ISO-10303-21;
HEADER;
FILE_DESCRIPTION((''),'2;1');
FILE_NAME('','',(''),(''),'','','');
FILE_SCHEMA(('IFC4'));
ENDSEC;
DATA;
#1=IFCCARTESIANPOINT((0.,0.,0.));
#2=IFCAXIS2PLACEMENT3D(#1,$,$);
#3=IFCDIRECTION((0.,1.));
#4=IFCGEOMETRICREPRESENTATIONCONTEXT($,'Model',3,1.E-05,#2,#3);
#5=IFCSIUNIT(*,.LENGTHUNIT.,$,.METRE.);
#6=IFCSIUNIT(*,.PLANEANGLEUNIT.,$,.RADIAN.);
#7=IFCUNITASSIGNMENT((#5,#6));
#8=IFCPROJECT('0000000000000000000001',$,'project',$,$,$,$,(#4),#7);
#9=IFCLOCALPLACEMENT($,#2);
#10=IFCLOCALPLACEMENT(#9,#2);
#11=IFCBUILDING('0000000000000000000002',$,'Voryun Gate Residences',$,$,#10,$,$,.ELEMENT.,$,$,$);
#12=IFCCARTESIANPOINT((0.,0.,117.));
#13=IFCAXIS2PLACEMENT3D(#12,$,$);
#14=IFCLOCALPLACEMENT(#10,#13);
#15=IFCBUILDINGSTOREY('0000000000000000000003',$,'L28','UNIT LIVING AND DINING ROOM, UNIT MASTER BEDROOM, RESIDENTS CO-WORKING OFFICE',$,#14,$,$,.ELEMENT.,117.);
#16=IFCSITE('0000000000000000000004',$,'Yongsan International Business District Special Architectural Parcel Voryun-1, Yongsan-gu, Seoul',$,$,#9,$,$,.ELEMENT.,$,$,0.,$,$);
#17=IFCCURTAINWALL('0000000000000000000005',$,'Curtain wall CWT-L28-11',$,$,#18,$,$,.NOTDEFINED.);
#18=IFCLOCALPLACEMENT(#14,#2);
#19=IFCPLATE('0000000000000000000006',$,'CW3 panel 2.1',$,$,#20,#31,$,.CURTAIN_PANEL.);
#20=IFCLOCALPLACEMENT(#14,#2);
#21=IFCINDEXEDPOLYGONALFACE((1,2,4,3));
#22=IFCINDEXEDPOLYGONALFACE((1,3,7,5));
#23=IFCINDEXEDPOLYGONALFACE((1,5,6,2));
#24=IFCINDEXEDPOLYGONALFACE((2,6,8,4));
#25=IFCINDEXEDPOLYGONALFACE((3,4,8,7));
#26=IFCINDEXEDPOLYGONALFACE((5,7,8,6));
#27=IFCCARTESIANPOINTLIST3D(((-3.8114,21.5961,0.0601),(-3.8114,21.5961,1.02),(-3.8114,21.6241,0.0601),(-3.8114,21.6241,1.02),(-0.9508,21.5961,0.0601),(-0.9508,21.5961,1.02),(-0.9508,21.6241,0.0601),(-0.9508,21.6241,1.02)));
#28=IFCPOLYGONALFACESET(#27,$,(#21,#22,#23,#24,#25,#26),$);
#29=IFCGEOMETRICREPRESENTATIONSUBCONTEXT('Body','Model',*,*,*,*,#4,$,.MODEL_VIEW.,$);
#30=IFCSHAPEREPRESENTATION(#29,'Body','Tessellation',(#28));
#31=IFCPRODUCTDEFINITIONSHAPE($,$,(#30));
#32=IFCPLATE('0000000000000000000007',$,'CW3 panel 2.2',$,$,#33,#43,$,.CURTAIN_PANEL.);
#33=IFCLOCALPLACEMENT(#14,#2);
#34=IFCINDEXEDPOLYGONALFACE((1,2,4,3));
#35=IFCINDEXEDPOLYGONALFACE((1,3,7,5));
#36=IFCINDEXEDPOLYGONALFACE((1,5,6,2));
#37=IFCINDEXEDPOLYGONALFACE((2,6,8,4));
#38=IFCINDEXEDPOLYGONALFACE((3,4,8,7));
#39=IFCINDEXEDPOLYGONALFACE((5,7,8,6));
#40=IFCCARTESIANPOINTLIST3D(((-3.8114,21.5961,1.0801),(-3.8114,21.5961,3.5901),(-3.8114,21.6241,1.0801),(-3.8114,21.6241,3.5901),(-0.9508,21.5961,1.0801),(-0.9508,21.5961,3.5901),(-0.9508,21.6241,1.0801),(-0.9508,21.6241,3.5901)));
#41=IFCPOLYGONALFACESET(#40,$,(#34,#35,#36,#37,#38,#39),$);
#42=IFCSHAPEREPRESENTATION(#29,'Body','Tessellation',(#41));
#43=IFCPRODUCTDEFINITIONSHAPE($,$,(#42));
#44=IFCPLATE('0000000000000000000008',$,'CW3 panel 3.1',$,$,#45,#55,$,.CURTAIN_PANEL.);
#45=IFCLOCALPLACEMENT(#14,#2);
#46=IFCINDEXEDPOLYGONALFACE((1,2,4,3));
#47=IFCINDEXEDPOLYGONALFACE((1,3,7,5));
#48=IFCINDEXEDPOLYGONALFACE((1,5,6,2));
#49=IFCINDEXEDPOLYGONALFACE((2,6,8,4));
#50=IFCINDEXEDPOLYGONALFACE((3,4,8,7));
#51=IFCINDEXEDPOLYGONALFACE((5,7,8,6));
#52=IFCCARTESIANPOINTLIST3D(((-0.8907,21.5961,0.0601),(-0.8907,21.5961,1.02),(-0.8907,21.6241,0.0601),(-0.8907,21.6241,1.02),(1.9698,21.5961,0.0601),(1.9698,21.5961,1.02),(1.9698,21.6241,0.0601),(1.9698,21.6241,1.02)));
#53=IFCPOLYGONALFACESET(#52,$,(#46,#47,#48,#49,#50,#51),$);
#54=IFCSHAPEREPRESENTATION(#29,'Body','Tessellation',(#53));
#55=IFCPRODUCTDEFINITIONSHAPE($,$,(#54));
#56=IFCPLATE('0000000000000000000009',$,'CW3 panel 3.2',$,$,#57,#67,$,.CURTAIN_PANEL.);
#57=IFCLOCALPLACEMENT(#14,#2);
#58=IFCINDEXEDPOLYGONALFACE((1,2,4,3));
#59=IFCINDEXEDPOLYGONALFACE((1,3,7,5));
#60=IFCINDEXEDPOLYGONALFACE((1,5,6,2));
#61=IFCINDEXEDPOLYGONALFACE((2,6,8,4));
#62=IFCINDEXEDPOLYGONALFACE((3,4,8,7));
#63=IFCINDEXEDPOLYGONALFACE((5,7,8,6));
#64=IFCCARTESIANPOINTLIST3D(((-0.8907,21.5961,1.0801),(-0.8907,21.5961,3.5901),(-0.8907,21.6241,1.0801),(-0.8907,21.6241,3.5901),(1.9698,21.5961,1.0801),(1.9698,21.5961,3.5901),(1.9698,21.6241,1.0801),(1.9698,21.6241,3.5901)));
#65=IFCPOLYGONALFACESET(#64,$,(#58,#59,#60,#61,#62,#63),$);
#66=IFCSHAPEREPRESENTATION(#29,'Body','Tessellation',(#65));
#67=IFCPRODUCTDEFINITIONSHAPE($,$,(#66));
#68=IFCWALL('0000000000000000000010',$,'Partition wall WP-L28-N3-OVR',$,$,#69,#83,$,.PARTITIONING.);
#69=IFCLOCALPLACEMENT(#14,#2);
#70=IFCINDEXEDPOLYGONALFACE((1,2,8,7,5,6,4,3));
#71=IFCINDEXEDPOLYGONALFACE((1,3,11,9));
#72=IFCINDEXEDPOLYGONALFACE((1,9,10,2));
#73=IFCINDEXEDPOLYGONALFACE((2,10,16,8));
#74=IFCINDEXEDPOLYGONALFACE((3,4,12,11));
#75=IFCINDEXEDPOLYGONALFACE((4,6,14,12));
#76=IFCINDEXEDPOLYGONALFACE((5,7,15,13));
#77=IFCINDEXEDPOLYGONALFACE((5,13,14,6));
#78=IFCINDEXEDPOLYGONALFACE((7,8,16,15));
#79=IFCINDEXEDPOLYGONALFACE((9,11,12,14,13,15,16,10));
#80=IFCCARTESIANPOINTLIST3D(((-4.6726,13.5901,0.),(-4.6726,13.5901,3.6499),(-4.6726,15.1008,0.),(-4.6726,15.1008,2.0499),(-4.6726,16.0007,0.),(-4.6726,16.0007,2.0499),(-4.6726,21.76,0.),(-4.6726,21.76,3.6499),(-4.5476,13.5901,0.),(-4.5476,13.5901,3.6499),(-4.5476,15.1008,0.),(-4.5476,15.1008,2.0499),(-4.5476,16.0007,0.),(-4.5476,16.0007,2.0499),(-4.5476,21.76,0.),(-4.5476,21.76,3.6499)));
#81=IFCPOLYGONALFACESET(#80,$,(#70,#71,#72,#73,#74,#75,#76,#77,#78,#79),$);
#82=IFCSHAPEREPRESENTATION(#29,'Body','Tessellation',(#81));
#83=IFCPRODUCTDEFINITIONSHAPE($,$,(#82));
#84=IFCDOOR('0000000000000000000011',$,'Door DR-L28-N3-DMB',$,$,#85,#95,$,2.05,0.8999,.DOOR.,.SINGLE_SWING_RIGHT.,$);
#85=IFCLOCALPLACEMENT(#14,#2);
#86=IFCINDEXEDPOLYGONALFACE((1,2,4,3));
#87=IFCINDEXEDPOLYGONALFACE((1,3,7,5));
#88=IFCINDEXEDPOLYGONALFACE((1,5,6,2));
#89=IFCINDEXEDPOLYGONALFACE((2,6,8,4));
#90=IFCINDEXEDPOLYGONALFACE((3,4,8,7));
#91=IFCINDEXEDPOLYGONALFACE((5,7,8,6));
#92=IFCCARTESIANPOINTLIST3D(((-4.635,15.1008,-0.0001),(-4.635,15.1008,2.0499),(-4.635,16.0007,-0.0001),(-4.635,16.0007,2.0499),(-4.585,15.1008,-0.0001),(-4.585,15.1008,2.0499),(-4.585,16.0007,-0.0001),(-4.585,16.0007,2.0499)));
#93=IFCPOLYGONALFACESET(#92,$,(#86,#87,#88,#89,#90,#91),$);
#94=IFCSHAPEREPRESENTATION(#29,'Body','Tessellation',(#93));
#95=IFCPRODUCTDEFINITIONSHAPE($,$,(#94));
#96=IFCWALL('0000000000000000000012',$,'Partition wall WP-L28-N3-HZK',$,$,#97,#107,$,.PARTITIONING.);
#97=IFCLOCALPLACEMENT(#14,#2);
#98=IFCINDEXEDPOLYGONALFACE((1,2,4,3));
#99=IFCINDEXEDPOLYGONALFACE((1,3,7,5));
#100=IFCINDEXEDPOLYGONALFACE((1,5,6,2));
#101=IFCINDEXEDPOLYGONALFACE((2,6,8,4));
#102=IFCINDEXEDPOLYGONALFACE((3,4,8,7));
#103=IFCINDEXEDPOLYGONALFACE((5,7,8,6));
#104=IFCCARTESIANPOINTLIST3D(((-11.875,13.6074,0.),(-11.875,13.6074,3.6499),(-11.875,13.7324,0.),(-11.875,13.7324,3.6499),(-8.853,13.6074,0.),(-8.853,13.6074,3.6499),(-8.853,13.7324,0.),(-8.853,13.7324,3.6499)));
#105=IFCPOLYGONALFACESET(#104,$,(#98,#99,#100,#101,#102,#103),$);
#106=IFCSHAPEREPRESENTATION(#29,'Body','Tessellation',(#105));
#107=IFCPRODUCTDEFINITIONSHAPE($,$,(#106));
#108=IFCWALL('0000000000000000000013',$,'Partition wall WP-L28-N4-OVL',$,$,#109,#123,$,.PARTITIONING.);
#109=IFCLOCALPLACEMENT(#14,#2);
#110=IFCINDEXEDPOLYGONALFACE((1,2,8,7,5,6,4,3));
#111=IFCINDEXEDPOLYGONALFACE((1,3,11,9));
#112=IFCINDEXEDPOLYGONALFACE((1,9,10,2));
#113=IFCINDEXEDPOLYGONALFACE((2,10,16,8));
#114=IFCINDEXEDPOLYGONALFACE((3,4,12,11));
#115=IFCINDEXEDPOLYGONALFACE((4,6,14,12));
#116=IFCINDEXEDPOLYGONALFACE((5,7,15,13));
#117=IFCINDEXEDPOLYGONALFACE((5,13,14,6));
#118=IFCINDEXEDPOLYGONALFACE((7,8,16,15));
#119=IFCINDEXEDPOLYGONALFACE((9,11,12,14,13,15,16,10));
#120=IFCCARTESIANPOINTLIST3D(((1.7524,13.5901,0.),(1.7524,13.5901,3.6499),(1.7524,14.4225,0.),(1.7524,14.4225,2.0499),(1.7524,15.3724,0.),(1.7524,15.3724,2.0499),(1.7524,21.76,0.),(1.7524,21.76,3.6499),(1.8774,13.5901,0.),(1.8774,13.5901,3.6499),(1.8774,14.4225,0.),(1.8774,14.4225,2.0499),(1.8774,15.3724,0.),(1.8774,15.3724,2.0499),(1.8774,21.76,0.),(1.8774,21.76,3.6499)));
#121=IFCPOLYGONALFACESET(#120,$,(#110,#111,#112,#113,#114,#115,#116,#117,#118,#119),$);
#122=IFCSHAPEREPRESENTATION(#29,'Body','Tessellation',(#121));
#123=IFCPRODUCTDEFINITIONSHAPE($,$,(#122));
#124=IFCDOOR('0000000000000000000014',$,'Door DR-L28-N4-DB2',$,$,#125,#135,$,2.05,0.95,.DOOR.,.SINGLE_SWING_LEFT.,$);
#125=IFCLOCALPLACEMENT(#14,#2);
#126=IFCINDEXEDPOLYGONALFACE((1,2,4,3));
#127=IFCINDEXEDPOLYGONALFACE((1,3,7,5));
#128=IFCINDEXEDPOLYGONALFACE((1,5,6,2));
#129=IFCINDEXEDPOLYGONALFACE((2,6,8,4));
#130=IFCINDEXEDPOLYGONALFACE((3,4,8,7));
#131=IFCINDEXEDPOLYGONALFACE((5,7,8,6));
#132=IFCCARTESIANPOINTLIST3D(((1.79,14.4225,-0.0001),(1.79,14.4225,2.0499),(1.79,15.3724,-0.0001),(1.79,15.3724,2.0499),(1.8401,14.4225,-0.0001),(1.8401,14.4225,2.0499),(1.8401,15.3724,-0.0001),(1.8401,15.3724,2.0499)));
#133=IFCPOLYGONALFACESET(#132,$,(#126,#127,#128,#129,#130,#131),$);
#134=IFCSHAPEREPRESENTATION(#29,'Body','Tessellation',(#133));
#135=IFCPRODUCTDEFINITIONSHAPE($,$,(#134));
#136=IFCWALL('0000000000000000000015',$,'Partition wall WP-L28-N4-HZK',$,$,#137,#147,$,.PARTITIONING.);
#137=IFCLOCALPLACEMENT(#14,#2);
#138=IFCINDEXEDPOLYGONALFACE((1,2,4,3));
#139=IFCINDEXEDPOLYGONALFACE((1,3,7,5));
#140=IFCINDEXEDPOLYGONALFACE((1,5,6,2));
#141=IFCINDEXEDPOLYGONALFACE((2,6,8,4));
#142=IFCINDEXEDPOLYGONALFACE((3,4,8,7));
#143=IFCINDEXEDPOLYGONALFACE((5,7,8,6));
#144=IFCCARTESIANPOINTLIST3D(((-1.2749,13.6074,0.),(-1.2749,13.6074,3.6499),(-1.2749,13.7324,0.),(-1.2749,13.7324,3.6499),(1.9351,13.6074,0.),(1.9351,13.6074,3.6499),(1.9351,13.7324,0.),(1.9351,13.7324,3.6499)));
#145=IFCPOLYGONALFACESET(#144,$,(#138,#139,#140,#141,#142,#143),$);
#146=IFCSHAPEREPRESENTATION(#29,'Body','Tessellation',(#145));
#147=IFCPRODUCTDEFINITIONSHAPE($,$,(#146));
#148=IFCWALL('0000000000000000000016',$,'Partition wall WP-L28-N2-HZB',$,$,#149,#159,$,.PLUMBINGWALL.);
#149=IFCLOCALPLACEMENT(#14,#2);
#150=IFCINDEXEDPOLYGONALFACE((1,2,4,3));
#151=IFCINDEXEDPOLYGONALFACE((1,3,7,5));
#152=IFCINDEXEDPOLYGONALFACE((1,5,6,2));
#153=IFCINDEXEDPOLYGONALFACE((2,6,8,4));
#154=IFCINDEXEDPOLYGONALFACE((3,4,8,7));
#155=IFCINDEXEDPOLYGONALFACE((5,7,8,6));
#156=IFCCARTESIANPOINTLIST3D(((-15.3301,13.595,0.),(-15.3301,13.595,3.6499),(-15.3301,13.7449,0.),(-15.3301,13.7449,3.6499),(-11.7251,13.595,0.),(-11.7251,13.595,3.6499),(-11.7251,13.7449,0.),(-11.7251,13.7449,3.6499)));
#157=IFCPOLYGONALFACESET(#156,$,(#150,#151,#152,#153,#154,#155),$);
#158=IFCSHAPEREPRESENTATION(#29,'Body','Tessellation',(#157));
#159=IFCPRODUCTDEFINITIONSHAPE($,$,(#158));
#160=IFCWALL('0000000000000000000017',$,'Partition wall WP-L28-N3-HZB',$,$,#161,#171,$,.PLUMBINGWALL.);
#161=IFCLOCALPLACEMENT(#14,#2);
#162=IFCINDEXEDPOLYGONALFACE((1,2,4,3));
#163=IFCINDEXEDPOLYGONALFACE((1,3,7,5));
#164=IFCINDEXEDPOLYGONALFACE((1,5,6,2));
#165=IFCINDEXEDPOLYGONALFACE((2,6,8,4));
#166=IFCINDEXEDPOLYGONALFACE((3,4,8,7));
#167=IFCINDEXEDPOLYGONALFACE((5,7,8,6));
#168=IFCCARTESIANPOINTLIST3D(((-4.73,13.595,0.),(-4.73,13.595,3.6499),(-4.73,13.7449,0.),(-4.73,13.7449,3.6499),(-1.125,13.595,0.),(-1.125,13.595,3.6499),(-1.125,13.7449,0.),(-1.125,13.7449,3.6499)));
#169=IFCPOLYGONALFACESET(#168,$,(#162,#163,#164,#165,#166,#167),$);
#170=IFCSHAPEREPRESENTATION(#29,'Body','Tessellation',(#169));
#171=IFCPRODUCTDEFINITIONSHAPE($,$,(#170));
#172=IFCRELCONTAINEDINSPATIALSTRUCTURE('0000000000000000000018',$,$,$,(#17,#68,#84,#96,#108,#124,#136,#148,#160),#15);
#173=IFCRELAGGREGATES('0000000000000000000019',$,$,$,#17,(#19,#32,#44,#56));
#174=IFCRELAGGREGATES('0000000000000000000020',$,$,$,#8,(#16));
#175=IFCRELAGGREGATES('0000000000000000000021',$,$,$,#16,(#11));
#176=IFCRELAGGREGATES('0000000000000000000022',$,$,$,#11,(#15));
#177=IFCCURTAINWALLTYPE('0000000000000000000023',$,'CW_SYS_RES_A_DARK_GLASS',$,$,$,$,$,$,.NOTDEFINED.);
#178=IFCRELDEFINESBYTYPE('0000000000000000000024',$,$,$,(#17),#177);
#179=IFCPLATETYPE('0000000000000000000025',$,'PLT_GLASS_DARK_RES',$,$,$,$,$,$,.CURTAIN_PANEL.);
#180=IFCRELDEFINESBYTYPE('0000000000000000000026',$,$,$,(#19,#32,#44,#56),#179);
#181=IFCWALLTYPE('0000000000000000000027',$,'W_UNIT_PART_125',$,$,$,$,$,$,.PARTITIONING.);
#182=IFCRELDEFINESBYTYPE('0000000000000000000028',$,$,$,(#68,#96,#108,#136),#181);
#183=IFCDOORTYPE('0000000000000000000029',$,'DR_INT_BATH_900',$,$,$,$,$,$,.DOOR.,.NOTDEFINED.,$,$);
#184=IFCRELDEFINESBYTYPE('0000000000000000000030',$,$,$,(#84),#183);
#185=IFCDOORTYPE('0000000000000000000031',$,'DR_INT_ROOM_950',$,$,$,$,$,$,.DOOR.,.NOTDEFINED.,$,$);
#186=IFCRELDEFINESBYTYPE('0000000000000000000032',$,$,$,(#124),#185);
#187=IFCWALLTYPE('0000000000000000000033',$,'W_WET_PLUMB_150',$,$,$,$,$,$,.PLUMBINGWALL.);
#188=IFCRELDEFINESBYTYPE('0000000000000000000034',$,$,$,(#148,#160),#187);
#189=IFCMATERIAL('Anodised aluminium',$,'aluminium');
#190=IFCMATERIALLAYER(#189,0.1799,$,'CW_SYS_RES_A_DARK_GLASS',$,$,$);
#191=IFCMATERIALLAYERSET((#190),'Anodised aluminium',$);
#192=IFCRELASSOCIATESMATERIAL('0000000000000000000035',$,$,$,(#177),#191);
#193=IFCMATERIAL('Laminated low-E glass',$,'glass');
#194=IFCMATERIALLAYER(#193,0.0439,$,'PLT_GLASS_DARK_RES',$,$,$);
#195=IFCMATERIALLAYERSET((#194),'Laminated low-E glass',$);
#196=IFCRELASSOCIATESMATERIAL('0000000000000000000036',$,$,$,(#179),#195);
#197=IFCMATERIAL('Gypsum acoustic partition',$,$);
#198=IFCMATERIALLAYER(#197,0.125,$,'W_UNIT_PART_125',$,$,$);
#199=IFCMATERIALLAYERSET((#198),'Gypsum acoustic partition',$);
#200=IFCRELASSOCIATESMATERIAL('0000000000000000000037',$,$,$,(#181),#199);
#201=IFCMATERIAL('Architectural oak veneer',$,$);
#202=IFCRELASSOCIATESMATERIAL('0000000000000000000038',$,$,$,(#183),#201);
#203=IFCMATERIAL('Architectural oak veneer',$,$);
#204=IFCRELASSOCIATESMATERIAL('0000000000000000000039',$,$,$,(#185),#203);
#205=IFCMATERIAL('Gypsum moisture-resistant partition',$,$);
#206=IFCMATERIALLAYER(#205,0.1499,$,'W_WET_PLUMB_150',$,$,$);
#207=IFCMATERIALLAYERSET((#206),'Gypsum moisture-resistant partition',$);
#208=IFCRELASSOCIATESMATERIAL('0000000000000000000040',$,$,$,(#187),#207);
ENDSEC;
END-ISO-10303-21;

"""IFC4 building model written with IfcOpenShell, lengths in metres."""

from ifc_helpers import new_model, si_unit, direction, frame, frame_2d, origin, origin_2d, place, context, subcontext, project, spatial, rectangle, extrude, material, layer, layer_set, type_object, element, fill, aggregate, save


model = new_model("IFC4")

# Units and contexts
model_context = context("Model", 3, precision=1e-05, world=origin(), true_north=direction((0.0, 1.0)))
body_context = subcontext(model_context, "Body", "Model", "MODEL_VIEW")
ifc_project = project(units=[si_unit("LENGTHUNIT", "METRE"), si_unit("PLANEANGLEUNIT", "RADIAN")], contexts=[model_context])

# Site, building, storey
site_placement = place(None, origin())
site = spatial("IfcSite", under=ifc_project, at=site_placement, Name="Yongsan International Business District Special Architectural Parcel Voryun-1, Yongsan-gu, Seoul", CompositionType="ELEMENT", RefElevation=0.0)
building_placement = place(site_placement, origin())
building = spatial("IfcBuilding", under=site, at=building_placement, Name="Voryun Gate Residences", CompositionType="ELEMENT")
storey_placement = place(building_placement, frame((0.0, 0.0, 117.0)))
storey = spatial("IfcBuildingStorey", under=building, at=storey_placement, Name="L28", Description="UNIT LIVING AND DINING ROOM, UNIT MASTER BEDROOM, RESIDENTS CO-WORKING OFFICE", CompositionType="ELEMENT", Elevation=117.0)

# Curtain wall, plates
ifc_material_1 = material(Name="Anodised aluminium", Category="aluminium")
ifc_layer_1 = layer(ifc_material_1, 0.1799, Name="CW_SYS_RES_A_DARK_GLASS")
ifc_layer_set_1 = layer_set([ifc_layer_1], Name="Anodised aluminium")
curtain_wall_type = type_object("IfcCurtainWallType", Name="CW_SYS_RES_A_DARK_GLASS", PredefinedType="NOTDEFINED", material=ifc_layer_set_1)
curtain_wall_placement = place(storey_placement, origin())
curtain_wall = element("IfcCurtainWall", 1, at=curtain_wall_placement, inside=storey, type_object=curtain_wall_type, Name="Curtain wall CWT-L28-11", PredefinedType="NOTDEFINED")
ifc_material_2 = material(Name="Laminated low-E glass", Category="glass")
ifc_layer_2 = layer(ifc_material_2, 0.0439, Name="PLT_GLASS_DARK_RES")
ifc_layer_set_2 = layer_set([ifc_layer_2], Name="Laminated low-E glass")
plate_type = type_object("IfcPlateType", Name="PLT_GLASS_DARK_RES", PredefinedType="CURTAIN_PANEL", material=ifc_layer_set_2)
plate_1_placement = place(storey_placement, frame((-2.3811, 21.6101, 0.0601), z_axis=(0.0, 0.0, 1.0), x_axis=(1.0, 0.0, 0.0)))
plate_1 = element("IfcPlate", 2, at=plate_1_placement, type_object=plate_type, Name="CW3 panel 2.1", PredefinedType="CURTAIN_PANEL", context=body_context, shape_type="SweptSolid", body=[
    extrude(rectangle(XDim=2.8606, YDim=0.0281, at=origin_2d()), origin(), (0.0, 0.0, 1.0), 0.96),
])
plate_2_placement = place(storey_placement, frame((-2.3811, 21.6101, 1.0801), z_axis=(0.0, 0.0, 1.0), x_axis=(1.0, 0.0, 0.0)))
plate_2 = element("IfcPlate", 3, at=plate_2_placement, type_object=plate_type, Name="CW3 panel 2.2", PredefinedType="CURTAIN_PANEL", context=body_context, shape_type="SweptSolid", body=[
    extrude(rectangle(XDim=2.8606, YDim=0.0281, at=origin_2d()), origin(), (0.0, 0.0, 1.0), 2.51),
])
plate_3_placement = place(storey_placement, frame((0.5396, 21.6101, 0.0601), z_axis=(0.0, 0.0, 1.0), x_axis=(1.0, 0.0, 0.0)))
plate_3 = element("IfcPlate", 4, at=plate_3_placement, type_object=plate_type, Name="CW3 panel 3.1", PredefinedType="CURTAIN_PANEL", context=body_context, shape_type="SweptSolid", body=[
    extrude(rectangle(XDim=2.8606, YDim=0.0281, at=origin_2d()), origin(), (0.0, 0.0, 1.0), 0.96),
])
plate_4_placement = place(storey_placement, frame((0.5396, 21.6101, 1.0801), z_axis=(0.0, 0.0, 1.0), x_axis=(1.0, 0.0, 0.0)))
plate_4 = element("IfcPlate", 5, at=plate_4_placement, type_object=plate_type, Name="CW3 panel 3.2", PredefinedType="CURTAIN_PANEL", context=body_context, shape_type="SweptSolid", body=[
    extrude(rectangle(XDim=2.8606, YDim=0.0281, at=origin_2d()), origin(), (0.0, 0.0, 1.0), 2.51),
])
aggregate(curtain_wall, [plate_1, plate_2, plate_3, plate_4])

# Wall, opening, door
ifc_material_3 = material(Name="Gypsum acoustic partition")
ifc_layer_3 = layer(ifc_material_3, 0.125, Name="W_UNIT_PART_125")
ifc_layer_set_3 = layer_set([ifc_layer_3], Name="Gypsum acoustic partition")
wall_type_1 = type_object("IfcWallType", Name="W_UNIT_PART_125", PredefinedType="PARTITIONING", material=ifc_layer_set_3)
wall_1_placement = place(storey_placement, frame((-4.6101, 13.5901, 0.0), z_axis=(0.0, 0.0, 1.0), x_axis=(0.0, 1.0, 0.0)))
wall_1 = element("IfcWall", 6, at=wall_1_placement, inside=storey, type_object=wall_type_1, Name="Partition wall WP-L28-N3-OVR", PredefinedType="PARTITIONING", context=body_context, shape_type="SweptSolid", body=[
    extrude(rectangle(XDim=8.1699, YDim=0.125, at=frame_2d((4.085, 0.0))), origin(), (0.0, 0.0, 1.0), 3.6499),
])
opening_1_placement = place(wall_1_placement, frame((1.5107, 0.0, 0.0)))
opening_1 = element("IfcOpeningElement", 7, at=opening_1_placement, cuts=wall_1, PredefinedType="OPENING", context=body_context, shape_type="SweptSolid", body=[
    extrude(rectangle(XDim=0.8999, YDim=2.05, at=frame_2d((0.45, 1.0249))), frame((0.0, 0.0725, 0.0), z_axis=(0.0, -1.0, 0.0), x_axis=(1.0, 0.0, 0.0)), (0.0, 0.0, 1.0), 0.145),
])
ifc_material_4 = material(Name="Architectural oak veneer")
door_type_1 = type_object("IfcDoorType", Name="DR_INT_BATH_900", OperationType="NOTDEFINED", PredefinedType="DOOR", material=ifc_material_4)
door_1_placement = place(opening_1_placement, origin())
door_1 = element("IfcDoor", 8, at=door_1_placement, inside=storey, type_object=door_type_1, Name="Door DR-L28-N3-DMB", OperationType="SINGLE_SWING_RIGHT", OverallHeight=2.05, OverallWidth=0.8999, PredefinedType="DOOR", context=body_context, shape_type="SweptSolid", body=[
    extrude(rectangle(XDim=0.8999, YDim=2.05, at=frame_2d((0.45, 1.0249))), frame((0.0, 0.0249, 0.0), z_axis=(0.0, -1.0, 0.0), x_axis=(1.0, 0.0, 0.0)), (0.0, 0.0, 1.0), 0.05),
])
fill(opening_1, door_1)

# Wall
wall_2_placement = place(storey_placement, frame((-11.875, 13.6699, 0.0), z_axis=(0.0, 0.0, 1.0), x_axis=(1.0, 0.0, 0.0)))
element("IfcWall", 9, at=wall_2_placement, inside=storey, type_object=wall_type_1, Name="Partition wall WP-L28-N3-HZK", PredefinedType="PARTITIONING", context=body_context, shape_type="SweptSolid", body=[
    extrude(rectangle(XDim=3.022, YDim=0.125, at=frame_2d((1.511, 0.0))), origin(), (0.0, 0.0, 1.0), 3.6499),
])

# Wall, opening, door
wall_3_placement = place(storey_placement, frame((1.8149, 13.5901, 0.0), z_axis=(0.0, 0.0, 1.0), x_axis=(0.0, 1.0, 0.0)))
wall_3 = element("IfcWall", 10, at=wall_3_placement, inside=storey, type_object=wall_type_1, Name="Partition wall WP-L28-N4-OVL", PredefinedType="PARTITIONING", context=body_context, shape_type="SweptSolid", body=[
    extrude(rectangle(XDim=8.1699, YDim=0.125, at=frame_2d((4.085, 0.0))), origin(), (0.0, 0.0, 1.0), 3.6499),
])
opening_2_placement = place(wall_3_placement, frame((0.8323, 0.0, 0.0)))
opening_2 = element("IfcOpeningElement", 11, at=opening_2_placement, cuts=wall_3, PredefinedType="OPENING", context=body_context, shape_type="SweptSolid", body=[
    extrude(rectangle(XDim=0.95, YDim=2.05, at=frame_2d((0.4751, 1.0249))), frame((0.0, 0.0725, 0.0), z_axis=(0.0, -1.0, 0.0), x_axis=(1.0, 0.0, 0.0)), (0.0, 0.0, 1.0), 0.145),
])
ifc_material_5 = material(Name="Architectural oak veneer")
door_type_2 = type_object("IfcDoorType", Name="DR_INT_ROOM_950", OperationType="NOTDEFINED", PredefinedType="DOOR", material=ifc_material_5)
door_2_placement = place(opening_2_placement, origin())
door_2 = element("IfcDoor", 12, at=door_2_placement, inside=storey, type_object=door_type_2, Name="Door DR-L28-N4-DB2", OperationType="SINGLE_SWING_LEFT", OverallHeight=2.05, OverallWidth=0.95, PredefinedType="DOOR", context=body_context, shape_type="SweptSolid", body=[
    extrude(rectangle(XDim=0.95, YDim=2.05, at=frame_2d((0.4751, 1.0249))), frame((0.0, 0.0249, 0.0), z_axis=(0.0, -1.0, 0.0), x_axis=(1.0, 0.0, 0.0)), (0.0, 0.0, 1.0), 0.05),
])
fill(opening_2, door_2)

# Walls
wall_4_placement = place(storey_placement, frame((-1.2749, 13.6699, 0.0), z_axis=(0.0, 0.0, 1.0), x_axis=(1.0, 0.0, 0.0)))
element("IfcWall", 13, at=wall_4_placement, inside=storey, type_object=wall_type_1, Name="Partition wall WP-L28-N4-HZK", PredefinedType="PARTITIONING", context=body_context, shape_type="SweptSolid", body=[
    extrude(rectangle(XDim=3.21, YDim=0.125, at=frame_2d((1.605, 0.0))), origin(), (0.0, 0.0, 1.0), 3.6499),
])
ifc_material_6 = material(Name="Gypsum moisture-resistant partition")
ifc_layer_4 = layer(ifc_material_6, 0.1499, Name="W_WET_PLUMB_150")
ifc_layer_set_4 = layer_set([ifc_layer_4], Name="Gypsum moisture-resistant partition")
wall_type_2 = type_object("IfcWallType", Name="W_WET_PLUMB_150", PredefinedType="PLUMBINGWALL", material=ifc_layer_set_4)
for number, where, z_axis, x_axis, name in (
    (14, (-15.3301, 13.6699, 0.0), (0.0, 0.0, 1.0), (1.0, 0.0, 0.0), "Partition wall WP-L28-N2-HZB"),
    (15, (-4.73, 13.6699, 0.0), (0.0, 0.0, 1.0), (1.0, 0.0, 0.0), "Partition wall WP-L28-N3-HZB"),
):
    element("IfcWall", number, at=place(storey_placement, frame(where, z_axis=z_axis, x_axis=x_axis)), inside=storey, type_object=wall_type_2, Name=name, PredefinedType="PLUMBINGWALL", context=body_context, shape_type="SweptSolid", body=[
        extrude(rectangle(XDim=3.605, YDim=0.1499, at=frame_2d((1.8025, 0.0))), origin(), (0.0, 0.0, 1.0), 3.6499),
    ])

save(model, "model.ifc")
